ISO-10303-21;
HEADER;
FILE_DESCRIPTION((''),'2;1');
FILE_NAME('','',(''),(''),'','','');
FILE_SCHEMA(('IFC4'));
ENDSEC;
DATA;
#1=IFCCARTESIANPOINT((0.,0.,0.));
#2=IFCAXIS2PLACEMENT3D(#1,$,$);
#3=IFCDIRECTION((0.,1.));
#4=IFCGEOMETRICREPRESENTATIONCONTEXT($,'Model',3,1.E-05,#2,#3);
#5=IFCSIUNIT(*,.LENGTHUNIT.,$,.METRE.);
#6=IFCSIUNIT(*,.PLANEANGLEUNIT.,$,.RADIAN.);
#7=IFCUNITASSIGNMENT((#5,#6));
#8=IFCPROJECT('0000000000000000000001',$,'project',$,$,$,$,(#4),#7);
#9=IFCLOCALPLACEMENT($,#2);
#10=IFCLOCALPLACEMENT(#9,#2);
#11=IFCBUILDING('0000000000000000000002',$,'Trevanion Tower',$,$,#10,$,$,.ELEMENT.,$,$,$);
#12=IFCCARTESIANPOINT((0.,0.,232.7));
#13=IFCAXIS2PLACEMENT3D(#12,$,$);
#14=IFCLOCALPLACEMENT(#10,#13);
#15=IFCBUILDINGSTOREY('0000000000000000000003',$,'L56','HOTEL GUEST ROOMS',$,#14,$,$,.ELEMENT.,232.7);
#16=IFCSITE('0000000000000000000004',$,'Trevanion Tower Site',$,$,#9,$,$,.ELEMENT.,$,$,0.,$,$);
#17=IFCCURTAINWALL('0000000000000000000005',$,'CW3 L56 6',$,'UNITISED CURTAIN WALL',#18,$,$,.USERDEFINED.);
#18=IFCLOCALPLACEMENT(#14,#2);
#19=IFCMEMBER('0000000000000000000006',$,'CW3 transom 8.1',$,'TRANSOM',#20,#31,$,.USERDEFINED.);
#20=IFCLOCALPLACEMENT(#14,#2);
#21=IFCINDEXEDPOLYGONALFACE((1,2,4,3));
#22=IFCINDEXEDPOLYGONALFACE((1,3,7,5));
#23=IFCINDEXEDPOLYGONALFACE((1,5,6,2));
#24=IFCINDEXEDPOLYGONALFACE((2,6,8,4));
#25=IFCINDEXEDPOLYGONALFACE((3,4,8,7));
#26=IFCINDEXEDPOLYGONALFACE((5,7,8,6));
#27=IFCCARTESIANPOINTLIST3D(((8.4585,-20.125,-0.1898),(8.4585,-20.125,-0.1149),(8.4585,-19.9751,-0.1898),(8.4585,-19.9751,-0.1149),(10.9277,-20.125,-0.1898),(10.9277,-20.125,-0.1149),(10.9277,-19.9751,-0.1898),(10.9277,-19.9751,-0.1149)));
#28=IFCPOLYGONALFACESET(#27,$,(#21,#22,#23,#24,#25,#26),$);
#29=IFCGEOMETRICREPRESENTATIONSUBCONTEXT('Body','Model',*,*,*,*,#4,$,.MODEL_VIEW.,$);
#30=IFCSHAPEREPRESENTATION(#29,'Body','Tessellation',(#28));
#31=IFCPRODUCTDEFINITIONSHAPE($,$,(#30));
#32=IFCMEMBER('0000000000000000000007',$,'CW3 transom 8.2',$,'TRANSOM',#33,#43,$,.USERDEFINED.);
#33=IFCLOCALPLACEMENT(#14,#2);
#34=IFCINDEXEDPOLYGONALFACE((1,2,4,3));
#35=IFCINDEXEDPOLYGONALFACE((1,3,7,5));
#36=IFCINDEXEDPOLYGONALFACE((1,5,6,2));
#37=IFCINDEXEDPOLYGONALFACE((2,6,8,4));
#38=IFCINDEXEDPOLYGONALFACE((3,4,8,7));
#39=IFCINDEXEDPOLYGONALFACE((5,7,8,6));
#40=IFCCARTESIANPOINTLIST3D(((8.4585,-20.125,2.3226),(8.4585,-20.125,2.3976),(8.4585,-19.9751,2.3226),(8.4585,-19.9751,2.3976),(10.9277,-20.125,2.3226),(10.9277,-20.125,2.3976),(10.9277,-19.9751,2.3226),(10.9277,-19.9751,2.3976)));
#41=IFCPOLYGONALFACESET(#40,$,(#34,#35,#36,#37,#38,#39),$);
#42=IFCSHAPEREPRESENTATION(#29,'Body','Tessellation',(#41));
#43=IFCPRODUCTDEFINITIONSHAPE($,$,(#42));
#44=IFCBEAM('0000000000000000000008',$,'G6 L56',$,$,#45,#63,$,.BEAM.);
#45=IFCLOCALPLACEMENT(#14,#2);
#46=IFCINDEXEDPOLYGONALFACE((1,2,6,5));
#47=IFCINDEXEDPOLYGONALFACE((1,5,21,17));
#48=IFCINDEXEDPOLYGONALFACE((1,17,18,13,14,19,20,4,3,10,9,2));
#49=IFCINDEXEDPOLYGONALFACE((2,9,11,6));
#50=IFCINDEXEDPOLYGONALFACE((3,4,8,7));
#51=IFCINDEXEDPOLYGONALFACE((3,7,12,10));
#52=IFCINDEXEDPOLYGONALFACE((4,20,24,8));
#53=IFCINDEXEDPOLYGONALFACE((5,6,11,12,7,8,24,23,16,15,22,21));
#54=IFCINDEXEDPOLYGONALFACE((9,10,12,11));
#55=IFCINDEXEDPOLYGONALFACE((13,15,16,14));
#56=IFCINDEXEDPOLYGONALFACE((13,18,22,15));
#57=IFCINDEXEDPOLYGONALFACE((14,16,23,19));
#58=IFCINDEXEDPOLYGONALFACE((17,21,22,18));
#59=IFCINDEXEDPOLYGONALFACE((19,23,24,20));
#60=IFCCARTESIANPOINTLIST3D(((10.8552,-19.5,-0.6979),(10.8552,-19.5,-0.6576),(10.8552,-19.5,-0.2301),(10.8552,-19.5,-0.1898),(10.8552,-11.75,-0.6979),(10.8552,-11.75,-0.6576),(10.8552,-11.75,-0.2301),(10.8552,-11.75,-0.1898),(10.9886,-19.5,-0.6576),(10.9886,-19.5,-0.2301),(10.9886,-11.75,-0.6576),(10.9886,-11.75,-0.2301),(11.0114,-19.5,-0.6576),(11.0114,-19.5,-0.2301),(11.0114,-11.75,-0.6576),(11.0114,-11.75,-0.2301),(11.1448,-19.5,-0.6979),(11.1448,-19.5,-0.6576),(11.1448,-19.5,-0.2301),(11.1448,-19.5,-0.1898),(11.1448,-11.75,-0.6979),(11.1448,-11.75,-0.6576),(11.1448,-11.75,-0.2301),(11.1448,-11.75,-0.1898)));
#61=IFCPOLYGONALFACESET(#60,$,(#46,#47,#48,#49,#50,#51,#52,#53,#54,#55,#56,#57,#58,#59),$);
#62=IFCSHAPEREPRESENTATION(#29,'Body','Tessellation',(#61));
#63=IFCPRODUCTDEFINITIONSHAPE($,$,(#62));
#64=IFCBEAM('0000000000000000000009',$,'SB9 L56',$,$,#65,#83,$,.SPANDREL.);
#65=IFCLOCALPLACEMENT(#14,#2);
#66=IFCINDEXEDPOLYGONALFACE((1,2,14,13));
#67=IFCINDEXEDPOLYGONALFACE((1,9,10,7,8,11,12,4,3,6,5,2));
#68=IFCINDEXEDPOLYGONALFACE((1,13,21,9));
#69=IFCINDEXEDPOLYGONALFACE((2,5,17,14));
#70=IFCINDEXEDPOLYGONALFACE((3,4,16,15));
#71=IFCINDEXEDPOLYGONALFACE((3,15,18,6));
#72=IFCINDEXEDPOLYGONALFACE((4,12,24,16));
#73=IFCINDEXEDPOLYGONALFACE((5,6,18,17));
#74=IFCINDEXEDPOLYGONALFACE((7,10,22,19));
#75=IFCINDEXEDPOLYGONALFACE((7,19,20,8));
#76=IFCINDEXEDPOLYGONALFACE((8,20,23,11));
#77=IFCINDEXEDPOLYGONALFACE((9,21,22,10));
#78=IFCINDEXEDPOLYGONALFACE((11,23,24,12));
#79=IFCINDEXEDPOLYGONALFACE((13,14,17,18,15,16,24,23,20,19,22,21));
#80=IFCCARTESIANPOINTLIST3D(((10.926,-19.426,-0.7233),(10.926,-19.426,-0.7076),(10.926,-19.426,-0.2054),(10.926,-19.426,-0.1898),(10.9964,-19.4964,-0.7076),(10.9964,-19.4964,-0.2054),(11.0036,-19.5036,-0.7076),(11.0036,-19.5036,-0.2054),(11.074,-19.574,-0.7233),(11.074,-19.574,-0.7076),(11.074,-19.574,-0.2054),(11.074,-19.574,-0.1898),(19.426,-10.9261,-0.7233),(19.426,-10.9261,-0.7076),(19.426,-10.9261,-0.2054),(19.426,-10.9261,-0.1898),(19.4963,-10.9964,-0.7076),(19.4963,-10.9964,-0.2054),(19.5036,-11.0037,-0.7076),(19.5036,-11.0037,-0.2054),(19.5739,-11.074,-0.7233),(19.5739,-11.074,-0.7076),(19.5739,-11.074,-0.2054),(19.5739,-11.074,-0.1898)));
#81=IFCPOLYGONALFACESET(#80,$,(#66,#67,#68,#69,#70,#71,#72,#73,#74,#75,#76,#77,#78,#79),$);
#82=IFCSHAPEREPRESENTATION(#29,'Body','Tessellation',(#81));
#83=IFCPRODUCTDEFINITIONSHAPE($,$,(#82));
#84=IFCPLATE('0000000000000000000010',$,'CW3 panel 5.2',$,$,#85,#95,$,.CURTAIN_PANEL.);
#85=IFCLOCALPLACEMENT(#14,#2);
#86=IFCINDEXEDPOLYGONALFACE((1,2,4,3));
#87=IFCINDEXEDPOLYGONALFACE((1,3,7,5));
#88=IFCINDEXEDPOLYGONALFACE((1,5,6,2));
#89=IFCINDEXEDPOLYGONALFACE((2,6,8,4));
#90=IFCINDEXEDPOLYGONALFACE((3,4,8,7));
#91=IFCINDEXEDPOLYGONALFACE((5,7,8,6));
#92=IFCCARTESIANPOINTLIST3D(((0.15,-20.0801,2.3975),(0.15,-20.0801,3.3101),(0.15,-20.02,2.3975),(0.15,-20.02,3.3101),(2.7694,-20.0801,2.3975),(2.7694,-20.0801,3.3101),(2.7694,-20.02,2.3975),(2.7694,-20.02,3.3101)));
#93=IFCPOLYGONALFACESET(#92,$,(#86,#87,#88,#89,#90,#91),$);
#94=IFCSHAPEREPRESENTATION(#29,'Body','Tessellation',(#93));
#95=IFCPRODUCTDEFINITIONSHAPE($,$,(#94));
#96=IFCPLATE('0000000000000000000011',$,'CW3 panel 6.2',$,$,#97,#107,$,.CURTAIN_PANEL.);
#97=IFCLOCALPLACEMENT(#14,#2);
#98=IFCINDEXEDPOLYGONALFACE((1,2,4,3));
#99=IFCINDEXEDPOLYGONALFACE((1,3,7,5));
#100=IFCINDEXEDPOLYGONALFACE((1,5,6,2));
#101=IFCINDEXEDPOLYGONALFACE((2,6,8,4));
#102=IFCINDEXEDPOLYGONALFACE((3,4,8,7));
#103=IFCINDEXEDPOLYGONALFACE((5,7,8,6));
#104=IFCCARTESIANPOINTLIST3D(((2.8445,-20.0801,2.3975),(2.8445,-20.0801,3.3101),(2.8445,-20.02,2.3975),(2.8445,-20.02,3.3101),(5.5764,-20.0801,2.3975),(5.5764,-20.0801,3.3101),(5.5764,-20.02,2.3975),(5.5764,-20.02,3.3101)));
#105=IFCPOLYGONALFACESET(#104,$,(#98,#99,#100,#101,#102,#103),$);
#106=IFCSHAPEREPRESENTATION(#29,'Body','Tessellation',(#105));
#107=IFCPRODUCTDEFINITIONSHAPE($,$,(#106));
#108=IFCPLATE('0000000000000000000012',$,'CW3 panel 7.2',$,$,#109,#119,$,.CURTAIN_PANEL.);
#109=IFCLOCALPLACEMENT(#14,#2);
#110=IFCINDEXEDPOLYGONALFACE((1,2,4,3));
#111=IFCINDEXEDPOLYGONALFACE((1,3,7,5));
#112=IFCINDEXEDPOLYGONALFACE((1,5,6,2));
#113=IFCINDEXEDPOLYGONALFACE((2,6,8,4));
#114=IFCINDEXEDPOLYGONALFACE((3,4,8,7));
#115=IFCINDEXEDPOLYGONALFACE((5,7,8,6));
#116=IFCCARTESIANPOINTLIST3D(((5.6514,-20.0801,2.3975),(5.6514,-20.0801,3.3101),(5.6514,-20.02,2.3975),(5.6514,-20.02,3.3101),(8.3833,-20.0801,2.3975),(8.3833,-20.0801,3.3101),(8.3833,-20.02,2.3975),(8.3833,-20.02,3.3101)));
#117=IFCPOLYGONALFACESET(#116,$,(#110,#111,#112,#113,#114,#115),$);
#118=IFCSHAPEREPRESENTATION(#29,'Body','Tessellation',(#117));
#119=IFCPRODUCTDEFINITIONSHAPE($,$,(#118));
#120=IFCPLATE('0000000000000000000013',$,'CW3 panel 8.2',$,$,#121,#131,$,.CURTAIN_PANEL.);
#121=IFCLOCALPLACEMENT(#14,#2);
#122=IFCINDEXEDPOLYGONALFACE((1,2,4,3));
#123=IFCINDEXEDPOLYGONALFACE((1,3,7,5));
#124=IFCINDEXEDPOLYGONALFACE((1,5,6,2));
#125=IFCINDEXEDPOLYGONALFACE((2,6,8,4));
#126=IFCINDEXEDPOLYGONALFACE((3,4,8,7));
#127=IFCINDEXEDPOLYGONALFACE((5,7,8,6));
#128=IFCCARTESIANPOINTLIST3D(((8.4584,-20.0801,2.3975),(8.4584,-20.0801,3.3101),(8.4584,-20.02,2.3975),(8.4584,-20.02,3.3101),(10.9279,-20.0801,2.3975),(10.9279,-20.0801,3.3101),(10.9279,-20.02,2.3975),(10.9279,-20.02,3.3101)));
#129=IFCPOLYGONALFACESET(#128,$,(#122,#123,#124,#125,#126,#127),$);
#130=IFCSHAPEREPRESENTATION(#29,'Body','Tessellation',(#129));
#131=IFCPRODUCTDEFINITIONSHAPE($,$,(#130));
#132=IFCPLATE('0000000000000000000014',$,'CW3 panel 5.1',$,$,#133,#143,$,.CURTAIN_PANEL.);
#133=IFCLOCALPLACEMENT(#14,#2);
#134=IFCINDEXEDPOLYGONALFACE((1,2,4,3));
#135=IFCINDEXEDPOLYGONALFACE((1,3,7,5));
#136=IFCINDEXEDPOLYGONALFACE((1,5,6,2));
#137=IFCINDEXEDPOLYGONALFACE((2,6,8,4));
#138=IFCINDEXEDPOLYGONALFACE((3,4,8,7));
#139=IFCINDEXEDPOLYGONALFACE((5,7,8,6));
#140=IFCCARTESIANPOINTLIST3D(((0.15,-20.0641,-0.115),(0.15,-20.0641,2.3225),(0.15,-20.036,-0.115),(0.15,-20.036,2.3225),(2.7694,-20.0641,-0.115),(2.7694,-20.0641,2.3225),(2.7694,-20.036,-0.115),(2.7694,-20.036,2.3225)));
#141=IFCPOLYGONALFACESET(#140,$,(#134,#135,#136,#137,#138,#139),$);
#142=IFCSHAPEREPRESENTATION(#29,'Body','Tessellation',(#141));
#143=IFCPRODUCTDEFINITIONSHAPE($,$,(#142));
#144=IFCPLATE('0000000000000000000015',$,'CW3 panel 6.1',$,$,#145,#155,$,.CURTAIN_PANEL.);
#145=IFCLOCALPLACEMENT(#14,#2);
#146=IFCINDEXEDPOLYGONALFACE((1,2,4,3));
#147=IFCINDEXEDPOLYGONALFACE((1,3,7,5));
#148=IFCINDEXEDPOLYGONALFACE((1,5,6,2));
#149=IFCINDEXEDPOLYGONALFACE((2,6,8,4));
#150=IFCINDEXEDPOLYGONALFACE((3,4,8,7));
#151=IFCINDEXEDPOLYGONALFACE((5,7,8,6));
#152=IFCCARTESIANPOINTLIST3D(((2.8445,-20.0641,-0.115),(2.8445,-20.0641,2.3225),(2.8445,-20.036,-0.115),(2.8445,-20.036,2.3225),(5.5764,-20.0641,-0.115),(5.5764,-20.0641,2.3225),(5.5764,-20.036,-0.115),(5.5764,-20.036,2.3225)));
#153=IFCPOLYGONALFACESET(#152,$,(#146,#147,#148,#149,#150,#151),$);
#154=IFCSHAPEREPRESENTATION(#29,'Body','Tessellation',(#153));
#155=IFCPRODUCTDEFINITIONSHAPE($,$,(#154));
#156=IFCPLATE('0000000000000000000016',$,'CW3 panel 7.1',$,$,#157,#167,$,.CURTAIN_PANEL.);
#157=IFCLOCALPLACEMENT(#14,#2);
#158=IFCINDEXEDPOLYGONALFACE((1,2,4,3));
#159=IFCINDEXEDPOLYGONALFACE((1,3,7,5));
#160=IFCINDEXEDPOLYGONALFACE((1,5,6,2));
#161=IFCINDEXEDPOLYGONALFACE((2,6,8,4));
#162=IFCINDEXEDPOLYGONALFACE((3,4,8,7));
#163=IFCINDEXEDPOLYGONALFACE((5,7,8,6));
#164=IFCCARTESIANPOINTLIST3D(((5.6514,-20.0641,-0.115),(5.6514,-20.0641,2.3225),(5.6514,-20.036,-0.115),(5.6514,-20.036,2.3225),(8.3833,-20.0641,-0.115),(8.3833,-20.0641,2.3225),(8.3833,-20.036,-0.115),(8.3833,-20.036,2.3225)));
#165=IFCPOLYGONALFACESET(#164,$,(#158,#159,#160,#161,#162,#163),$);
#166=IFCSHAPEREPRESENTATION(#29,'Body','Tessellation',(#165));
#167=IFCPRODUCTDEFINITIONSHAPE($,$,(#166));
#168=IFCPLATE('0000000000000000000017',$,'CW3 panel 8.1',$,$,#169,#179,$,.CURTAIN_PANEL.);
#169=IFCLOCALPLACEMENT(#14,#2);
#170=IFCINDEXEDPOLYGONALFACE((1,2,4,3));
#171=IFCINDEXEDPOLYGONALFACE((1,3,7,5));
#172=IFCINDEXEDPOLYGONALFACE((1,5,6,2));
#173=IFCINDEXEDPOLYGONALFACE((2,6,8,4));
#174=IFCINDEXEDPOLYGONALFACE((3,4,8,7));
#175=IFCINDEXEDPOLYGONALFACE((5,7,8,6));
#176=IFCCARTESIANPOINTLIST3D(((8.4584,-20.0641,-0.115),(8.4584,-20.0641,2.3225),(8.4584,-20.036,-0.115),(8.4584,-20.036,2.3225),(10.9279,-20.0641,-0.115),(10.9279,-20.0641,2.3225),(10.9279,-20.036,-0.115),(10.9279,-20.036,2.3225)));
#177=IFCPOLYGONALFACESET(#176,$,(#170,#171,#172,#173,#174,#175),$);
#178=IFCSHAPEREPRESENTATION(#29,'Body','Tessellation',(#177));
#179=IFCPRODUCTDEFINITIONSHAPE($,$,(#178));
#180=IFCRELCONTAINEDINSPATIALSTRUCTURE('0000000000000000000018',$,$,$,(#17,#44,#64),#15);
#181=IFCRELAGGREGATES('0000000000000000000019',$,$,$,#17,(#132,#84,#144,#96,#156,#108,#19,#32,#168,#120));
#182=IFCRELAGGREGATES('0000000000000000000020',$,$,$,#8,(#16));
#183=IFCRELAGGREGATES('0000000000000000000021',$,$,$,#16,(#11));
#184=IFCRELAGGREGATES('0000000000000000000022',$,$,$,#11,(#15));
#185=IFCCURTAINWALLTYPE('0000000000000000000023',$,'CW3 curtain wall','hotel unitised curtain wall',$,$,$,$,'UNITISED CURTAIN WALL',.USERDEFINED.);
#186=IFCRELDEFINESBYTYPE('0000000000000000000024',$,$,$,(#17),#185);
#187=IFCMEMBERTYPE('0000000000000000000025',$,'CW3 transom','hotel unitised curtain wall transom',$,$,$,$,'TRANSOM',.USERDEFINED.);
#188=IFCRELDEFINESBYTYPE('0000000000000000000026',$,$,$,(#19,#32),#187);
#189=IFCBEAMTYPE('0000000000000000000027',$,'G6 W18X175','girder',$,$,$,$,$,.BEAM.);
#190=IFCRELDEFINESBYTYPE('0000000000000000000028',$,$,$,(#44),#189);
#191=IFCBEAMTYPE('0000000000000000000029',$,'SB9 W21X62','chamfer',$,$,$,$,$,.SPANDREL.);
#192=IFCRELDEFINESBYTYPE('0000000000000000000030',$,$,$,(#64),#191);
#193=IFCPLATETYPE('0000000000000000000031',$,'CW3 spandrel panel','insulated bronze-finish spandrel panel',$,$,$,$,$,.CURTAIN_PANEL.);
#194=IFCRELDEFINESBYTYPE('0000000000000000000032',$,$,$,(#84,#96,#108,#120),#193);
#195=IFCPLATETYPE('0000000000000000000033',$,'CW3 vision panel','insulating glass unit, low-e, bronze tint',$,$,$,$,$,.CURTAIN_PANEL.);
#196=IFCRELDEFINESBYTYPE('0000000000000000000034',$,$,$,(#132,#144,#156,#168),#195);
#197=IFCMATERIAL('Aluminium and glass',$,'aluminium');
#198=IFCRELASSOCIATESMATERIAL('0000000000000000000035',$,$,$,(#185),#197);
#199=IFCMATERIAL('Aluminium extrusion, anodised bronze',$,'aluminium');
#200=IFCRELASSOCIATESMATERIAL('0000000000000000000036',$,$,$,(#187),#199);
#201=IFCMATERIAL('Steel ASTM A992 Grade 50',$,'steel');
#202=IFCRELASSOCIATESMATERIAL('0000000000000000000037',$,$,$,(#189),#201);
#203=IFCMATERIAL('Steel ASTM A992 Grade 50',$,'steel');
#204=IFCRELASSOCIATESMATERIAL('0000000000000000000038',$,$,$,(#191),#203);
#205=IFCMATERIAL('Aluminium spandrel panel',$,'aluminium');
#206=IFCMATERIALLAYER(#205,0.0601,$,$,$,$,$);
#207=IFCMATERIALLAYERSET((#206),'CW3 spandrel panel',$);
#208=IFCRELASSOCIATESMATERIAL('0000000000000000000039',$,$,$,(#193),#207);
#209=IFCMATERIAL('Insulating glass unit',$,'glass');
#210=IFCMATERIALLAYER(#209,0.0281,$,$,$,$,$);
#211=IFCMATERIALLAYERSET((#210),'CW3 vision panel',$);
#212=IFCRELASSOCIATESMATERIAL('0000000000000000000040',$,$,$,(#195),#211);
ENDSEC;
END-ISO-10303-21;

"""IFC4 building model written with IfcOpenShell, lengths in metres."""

from ifc_helpers import new_model, si_unit, direction, frame, origin, origin_2d, place, context, subcontext, project, spatial, rectangle, i_section, extrude, material, layer, layer_set, material_profile, profile_set, type_object, element, aggregate, save


model = new_model("IFC4")

# Units and contexts
model_context = context("Model", 3, precision=1e-05, world=origin(), true_north=direction((0.0, 1.0)))
body_context = subcontext(model_context, "Body", "Model", "MODEL_VIEW")
ifc_project = project(units=[si_unit("LENGTHUNIT", "METRE"), si_unit("PLANEANGLEUNIT", "RADIAN")], contexts=[model_context])

# Site, building, storey
site_placement = place(None, origin())
site = spatial("IfcSite", under=ifc_project, at=site_placement, Name="Trevanion Tower Site", CompositionType="ELEMENT", RefElevation=0.0)
building_placement = place(site_placement, origin())
building = spatial("IfcBuilding", under=site, at=building_placement, Name="Trevanion Tower", CompositionType="ELEMENT")
storey_placement = place(building_placement, frame((0.0, 0.0, 232.7)))
storey = spatial("IfcBuildingStorey", under=building, at=storey_placement, Name="L56", Description="HOTEL GUEST ROOMS", CompositionType="ELEMENT", Elevation=232.7)

# Curtain wall, members
ifc_material_1 = material(Name="Aluminium and glass", Category="aluminium")
curtain_wall_type = type_object("IfcCurtainWallType", Name="CW3 curtain wall", Description="hotel unitised curtain wall", ElementType="UNITISED CURTAIN WALL", PredefinedType="USERDEFINED", material=ifc_material_1)
curtain_wall_placement = place(storey_placement, origin())
curtain_wall = element("IfcCurtainWall", 1, at=curtain_wall_placement, inside=storey, type_object=curtain_wall_type, Name="CW3 L56 6", ObjectType="UNITISED CURTAIN WALL", PredefinedType="USERDEFINED")
ifc_material_2 = material(Name="Aluminium extrusion, anodised bronze", Category="aluminium")
ifc_material_profile_1 = material_profile(ifc_material_2, rectangle(XDim=0.1499, YDim=0.075, at=origin_2d()), Name="CW3 transom")
ifc_profile_set_1 = profile_set([ifc_material_profile_1], Name="Aluminium extrusion, anodised bronze")
member_type_1 = type_object("IfcMemberType", Name="CW3 transom", Description="hotel unitised curtain wall transom", ElementType="TRANSOM", PredefinedType="USERDEFINED", material=ifc_profile_set_1)
member_1_placement = place(storey_placement, frame((8.4585, -20.05, -0.1523), z_axis=(1.0, 0.0, 0.0), x_axis=(0.0, 1.0, 0.0)))
member_1 = element("IfcMember", 2, at=member_1_placement, type_object=member_type_1, Name="CW3 transom 8.1", ObjectType="TRANSOM", PredefinedType="USERDEFINED", context=body_context, shape_type="SweptSolid", body=[
    extrude(rectangle(XDim=0.1499, YDim=0.075, at=origin_2d()), origin(), (0.0, 0.0, 1.0), 2.4692),
])
member_2_placement = place(storey_placement, frame((8.4585, -20.05, 2.3601), z_axis=(1.0, 0.0, 0.0), x_axis=(0.0, 1.0, 0.0)))
member_2 = element("IfcMember", 3, at=member_2_placement, type_object=member_type_1, Name="CW3 transom 8.2", ObjectType="TRANSOM", PredefinedType="USERDEFINED", context=body_context, shape_type="SweptSolid", body=[
    extrude(rectangle(XDim=0.1499, YDim=0.075, at=origin_2d()), origin(), (0.0, 0.0, 1.0), 2.4692),
])

# Beams
ifc_material_3 = material(Name="Steel ASTM A992 Grade 50", Category="steel")
ifc_material_profile_2 = material_profile(ifc_material_3, i_section(OverallWidth=0.2896, OverallDepth=0.5081, WebThickness=0.0227, FlangeThickness=0.0403, at=origin_2d()), Name="W18X175")
ifc_profile_set_2 = profile_set([ifc_material_profile_2], Name="Steel ASTM A992 Grade 50")
beam_type_1 = type_object("IfcBeamType", Name="G6 W18X175", Description="girder", PredefinedType="BEAM", material=ifc_profile_set_2)
beam_1_placement = place(storey_placement, frame((11.0, -11.75, -0.4438), z_axis=(0.0, -1.0, 0.0), x_axis=(1.0, 0.0, 0.0)))
element("IfcBeam", 4, at=beam_1_placement, inside=storey, type_object=beam_type_1, Name="G6 L56", PredefinedType="BEAM", context=body_context, shape_type="SweptSolid", body=[
    extrude(i_section(OverallWidth=0.2896, OverallDepth=0.5081, WebThickness=0.0227, FlangeThickness=0.0403, at=origin_2d()), origin(), (0.0, 0.0, 1.0), 7.75),
])
ifc_material_4 = material(Name="Steel ASTM A992 Grade 50", Category="steel")
ifc_material_profile_3 = material_profile(ifc_material_4, i_section(OverallWidth=0.2092, OverallDepth=0.5334, WebThickness=0.0103, FlangeThickness=0.0156, at=origin_2d()), Name="W21X62")
ifc_profile_set_3 = profile_set([ifc_material_profile_3], Name="Steel ASTM A992 Grade 50")
beam_type_2 = type_object("IfcBeamType", Name="SB9 W21X62", Description="chamfer", PredefinedType="SPANDREL", material=ifc_profile_set_3)
beam_2_placement = place(storey_placement, frame((11.0, -19.5, -0.4565), z_axis=(0.707107, 0.707107, 0.0), x_axis=(-0.707107, 0.707107, 0.0)))
element("IfcBeam", 5, at=beam_2_placement, inside=storey, type_object=beam_type_2, Name="SB9 L56", PredefinedType="SPANDREL", context=body_context, shape_type="SweptSolid", body=[
    extrude(i_section(OverallWidth=0.2092, OverallDepth=0.5334, WebThickness=0.0103, FlangeThickness=0.0156, at=origin_2d()), origin(), (0.0, 0.0, 1.0), 12.0208),
])

# Plates
ifc_material_5 = material(Name="Aluminium spandrel panel", Category="aluminium")
ifc_layer_1 = layer(ifc_material_5, 0.0601)
ifc_layer_set_1 = layer_set([ifc_layer_1], Name="CW3 spandrel panel")
plate_type_1 = type_object("IfcPlateType", Name="CW3 spandrel panel", Description="insulated bronze-finish spandrel panel", PredefinedType="CURTAIN_PANEL", material=ifc_layer_set_1)
plate_1_placement = place(storey_placement, frame((1.4597, -20.05, 2.3975), z_axis=(0.0, 0.0, 1.0), x_axis=(1.0, 0.0, 0.0)))
plate_1 = element("IfcPlate", 6, at=plate_1_placement, type_object=plate_type_1, Name="CW3 panel 5.2", PredefinedType="CURTAIN_PANEL", context=body_context, shape_type="SweptSolid", body=[
    extrude(rectangle(XDim=2.6194, YDim=0.0601, at=origin_2d()), origin(), (0.0, 0.0, 1.0), 0.9126),
])
plate_2_placement = place(storey_placement, frame((4.2104, -20.05, 2.3975), z_axis=(0.0, 0.0, 1.0), x_axis=(1.0, 0.0, 0.0)))
plate_2 = element("IfcPlate", 7, at=plate_2_placement, type_object=plate_type_1, Name="CW3 panel 6.2", PredefinedType="CURTAIN_PANEL", context=body_context, shape_type="SweptSolid", body=[
    extrude(rectangle(XDim=2.7319, YDim=0.0601, at=origin_2d()), origin(), (0.0, 0.0, 1.0), 0.9126),
])
plate_3_placement = place(storey_placement, frame((7.0173, -20.05, 2.3975), z_axis=(0.0, 0.0, 1.0), x_axis=(1.0, 0.0, 0.0)))
plate_3 = element("IfcPlate", 8, at=plate_3_placement, type_object=plate_type_1, Name="CW3 panel 7.2", PredefinedType="CURTAIN_PANEL", context=body_context, shape_type="SweptSolid", body=[
    extrude(rectangle(XDim=2.7319, YDim=0.0601, at=origin_2d()), origin(), (0.0, 0.0, 1.0), 0.9126),
])
plate_4_placement = place(storey_placement, frame((9.6931, -20.05, 2.3975), z_axis=(0.0, 0.0, 1.0), x_axis=(1.0, 0.0, 0.0)))
plate_4 = element("IfcPlate", 9, at=plate_4_placement, type_object=plate_type_1, Name="CW3 panel 8.2", PredefinedType="CURTAIN_PANEL", context=body_context, shape_type="SweptSolid", body=[
    extrude(rectangle(XDim=2.4695, YDim=0.0601, at=origin_2d()), origin(), (0.0, 0.0, 1.0), 0.9126),
])
ifc_material_6 = material(Name="Insulating glass unit", Category="glass")
ifc_layer_2 = layer(ifc_material_6, 0.0281)
ifc_layer_set_2 = layer_set([ifc_layer_2], Name="CW3 vision panel")
plate_type_2 = type_object("IfcPlateType", Name="CW3 vision panel", Description="insulating glass unit, low-e, bronze tint", PredefinedType="CURTAIN_PANEL", material=ifc_layer_set_2)
plate_5_placement = place(storey_placement, frame((1.4597, -20.05, -0.115), z_axis=(0.0, 0.0, 1.0), x_axis=(1.0, 0.0, 0.0)))
plate_5 = element("IfcPlate", 10, at=plate_5_placement, type_object=plate_type_2, Name="CW3 panel 5.1", PredefinedType="CURTAIN_PANEL", context=body_context, shape_type="SweptSolid", body=[
    extrude(rectangle(XDim=2.6194, YDim=0.0281, at=origin_2d()), origin(), (0.0, 0.0, 1.0), 2.4375),
])
plate_6_placement = place(storey_placement, frame((4.2104, -20.05, -0.115), z_axis=(0.0, 0.0, 1.0), x_axis=(1.0, 0.0, 0.0)))
plate_6 = element("IfcPlate", 11, at=plate_6_placement, type_object=plate_type_2, Name="CW3 panel 6.1", PredefinedType="CURTAIN_PANEL", context=body_context, shape_type="SweptSolid", body=[
    extrude(rectangle(XDim=2.7319, YDim=0.0281, at=origin_2d()), origin(), (0.0, 0.0, 1.0), 2.4375),
])
plate_7_placement = place(storey_placement, frame((7.0173, -20.05, -0.115), z_axis=(0.0, 0.0, 1.0), x_axis=(1.0, 0.0, 0.0)))
plate_7 = element("IfcPlate", 12, at=plate_7_placement, type_object=plate_type_2, Name="CW3 panel 7.1", PredefinedType="CURTAIN_PANEL", context=body_context, shape_type="SweptSolid", body=[
    extrude(rectangle(XDim=2.7319, YDim=0.0281, at=origin_2d()), origin(), (0.0, 0.0, 1.0), 2.4375),
])
plate_8_placement = place(storey_placement, frame((9.6931, -20.05, -0.115), z_axis=(0.0, 0.0, 1.0), x_axis=(1.0, 0.0, 0.0)))
plate_8 = element("IfcPlate", 13, at=plate_8_placement, type_object=plate_type_2, Name="CW3 panel 8.1", PredefinedType="CURTAIN_PANEL", context=body_context, shape_type="SweptSolid", body=[
    extrude(rectangle(XDim=2.4695, YDim=0.0281, at=origin_2d()), origin(), (0.0, 0.0, 1.0), 2.4375),
])
aggregate(curtain_wall, [plate_5, plate_1, plate_6, plate_2, plate_7, plate_3, member_1, member_2, plate_8, plate_4])

save(model, "model.ifc")
